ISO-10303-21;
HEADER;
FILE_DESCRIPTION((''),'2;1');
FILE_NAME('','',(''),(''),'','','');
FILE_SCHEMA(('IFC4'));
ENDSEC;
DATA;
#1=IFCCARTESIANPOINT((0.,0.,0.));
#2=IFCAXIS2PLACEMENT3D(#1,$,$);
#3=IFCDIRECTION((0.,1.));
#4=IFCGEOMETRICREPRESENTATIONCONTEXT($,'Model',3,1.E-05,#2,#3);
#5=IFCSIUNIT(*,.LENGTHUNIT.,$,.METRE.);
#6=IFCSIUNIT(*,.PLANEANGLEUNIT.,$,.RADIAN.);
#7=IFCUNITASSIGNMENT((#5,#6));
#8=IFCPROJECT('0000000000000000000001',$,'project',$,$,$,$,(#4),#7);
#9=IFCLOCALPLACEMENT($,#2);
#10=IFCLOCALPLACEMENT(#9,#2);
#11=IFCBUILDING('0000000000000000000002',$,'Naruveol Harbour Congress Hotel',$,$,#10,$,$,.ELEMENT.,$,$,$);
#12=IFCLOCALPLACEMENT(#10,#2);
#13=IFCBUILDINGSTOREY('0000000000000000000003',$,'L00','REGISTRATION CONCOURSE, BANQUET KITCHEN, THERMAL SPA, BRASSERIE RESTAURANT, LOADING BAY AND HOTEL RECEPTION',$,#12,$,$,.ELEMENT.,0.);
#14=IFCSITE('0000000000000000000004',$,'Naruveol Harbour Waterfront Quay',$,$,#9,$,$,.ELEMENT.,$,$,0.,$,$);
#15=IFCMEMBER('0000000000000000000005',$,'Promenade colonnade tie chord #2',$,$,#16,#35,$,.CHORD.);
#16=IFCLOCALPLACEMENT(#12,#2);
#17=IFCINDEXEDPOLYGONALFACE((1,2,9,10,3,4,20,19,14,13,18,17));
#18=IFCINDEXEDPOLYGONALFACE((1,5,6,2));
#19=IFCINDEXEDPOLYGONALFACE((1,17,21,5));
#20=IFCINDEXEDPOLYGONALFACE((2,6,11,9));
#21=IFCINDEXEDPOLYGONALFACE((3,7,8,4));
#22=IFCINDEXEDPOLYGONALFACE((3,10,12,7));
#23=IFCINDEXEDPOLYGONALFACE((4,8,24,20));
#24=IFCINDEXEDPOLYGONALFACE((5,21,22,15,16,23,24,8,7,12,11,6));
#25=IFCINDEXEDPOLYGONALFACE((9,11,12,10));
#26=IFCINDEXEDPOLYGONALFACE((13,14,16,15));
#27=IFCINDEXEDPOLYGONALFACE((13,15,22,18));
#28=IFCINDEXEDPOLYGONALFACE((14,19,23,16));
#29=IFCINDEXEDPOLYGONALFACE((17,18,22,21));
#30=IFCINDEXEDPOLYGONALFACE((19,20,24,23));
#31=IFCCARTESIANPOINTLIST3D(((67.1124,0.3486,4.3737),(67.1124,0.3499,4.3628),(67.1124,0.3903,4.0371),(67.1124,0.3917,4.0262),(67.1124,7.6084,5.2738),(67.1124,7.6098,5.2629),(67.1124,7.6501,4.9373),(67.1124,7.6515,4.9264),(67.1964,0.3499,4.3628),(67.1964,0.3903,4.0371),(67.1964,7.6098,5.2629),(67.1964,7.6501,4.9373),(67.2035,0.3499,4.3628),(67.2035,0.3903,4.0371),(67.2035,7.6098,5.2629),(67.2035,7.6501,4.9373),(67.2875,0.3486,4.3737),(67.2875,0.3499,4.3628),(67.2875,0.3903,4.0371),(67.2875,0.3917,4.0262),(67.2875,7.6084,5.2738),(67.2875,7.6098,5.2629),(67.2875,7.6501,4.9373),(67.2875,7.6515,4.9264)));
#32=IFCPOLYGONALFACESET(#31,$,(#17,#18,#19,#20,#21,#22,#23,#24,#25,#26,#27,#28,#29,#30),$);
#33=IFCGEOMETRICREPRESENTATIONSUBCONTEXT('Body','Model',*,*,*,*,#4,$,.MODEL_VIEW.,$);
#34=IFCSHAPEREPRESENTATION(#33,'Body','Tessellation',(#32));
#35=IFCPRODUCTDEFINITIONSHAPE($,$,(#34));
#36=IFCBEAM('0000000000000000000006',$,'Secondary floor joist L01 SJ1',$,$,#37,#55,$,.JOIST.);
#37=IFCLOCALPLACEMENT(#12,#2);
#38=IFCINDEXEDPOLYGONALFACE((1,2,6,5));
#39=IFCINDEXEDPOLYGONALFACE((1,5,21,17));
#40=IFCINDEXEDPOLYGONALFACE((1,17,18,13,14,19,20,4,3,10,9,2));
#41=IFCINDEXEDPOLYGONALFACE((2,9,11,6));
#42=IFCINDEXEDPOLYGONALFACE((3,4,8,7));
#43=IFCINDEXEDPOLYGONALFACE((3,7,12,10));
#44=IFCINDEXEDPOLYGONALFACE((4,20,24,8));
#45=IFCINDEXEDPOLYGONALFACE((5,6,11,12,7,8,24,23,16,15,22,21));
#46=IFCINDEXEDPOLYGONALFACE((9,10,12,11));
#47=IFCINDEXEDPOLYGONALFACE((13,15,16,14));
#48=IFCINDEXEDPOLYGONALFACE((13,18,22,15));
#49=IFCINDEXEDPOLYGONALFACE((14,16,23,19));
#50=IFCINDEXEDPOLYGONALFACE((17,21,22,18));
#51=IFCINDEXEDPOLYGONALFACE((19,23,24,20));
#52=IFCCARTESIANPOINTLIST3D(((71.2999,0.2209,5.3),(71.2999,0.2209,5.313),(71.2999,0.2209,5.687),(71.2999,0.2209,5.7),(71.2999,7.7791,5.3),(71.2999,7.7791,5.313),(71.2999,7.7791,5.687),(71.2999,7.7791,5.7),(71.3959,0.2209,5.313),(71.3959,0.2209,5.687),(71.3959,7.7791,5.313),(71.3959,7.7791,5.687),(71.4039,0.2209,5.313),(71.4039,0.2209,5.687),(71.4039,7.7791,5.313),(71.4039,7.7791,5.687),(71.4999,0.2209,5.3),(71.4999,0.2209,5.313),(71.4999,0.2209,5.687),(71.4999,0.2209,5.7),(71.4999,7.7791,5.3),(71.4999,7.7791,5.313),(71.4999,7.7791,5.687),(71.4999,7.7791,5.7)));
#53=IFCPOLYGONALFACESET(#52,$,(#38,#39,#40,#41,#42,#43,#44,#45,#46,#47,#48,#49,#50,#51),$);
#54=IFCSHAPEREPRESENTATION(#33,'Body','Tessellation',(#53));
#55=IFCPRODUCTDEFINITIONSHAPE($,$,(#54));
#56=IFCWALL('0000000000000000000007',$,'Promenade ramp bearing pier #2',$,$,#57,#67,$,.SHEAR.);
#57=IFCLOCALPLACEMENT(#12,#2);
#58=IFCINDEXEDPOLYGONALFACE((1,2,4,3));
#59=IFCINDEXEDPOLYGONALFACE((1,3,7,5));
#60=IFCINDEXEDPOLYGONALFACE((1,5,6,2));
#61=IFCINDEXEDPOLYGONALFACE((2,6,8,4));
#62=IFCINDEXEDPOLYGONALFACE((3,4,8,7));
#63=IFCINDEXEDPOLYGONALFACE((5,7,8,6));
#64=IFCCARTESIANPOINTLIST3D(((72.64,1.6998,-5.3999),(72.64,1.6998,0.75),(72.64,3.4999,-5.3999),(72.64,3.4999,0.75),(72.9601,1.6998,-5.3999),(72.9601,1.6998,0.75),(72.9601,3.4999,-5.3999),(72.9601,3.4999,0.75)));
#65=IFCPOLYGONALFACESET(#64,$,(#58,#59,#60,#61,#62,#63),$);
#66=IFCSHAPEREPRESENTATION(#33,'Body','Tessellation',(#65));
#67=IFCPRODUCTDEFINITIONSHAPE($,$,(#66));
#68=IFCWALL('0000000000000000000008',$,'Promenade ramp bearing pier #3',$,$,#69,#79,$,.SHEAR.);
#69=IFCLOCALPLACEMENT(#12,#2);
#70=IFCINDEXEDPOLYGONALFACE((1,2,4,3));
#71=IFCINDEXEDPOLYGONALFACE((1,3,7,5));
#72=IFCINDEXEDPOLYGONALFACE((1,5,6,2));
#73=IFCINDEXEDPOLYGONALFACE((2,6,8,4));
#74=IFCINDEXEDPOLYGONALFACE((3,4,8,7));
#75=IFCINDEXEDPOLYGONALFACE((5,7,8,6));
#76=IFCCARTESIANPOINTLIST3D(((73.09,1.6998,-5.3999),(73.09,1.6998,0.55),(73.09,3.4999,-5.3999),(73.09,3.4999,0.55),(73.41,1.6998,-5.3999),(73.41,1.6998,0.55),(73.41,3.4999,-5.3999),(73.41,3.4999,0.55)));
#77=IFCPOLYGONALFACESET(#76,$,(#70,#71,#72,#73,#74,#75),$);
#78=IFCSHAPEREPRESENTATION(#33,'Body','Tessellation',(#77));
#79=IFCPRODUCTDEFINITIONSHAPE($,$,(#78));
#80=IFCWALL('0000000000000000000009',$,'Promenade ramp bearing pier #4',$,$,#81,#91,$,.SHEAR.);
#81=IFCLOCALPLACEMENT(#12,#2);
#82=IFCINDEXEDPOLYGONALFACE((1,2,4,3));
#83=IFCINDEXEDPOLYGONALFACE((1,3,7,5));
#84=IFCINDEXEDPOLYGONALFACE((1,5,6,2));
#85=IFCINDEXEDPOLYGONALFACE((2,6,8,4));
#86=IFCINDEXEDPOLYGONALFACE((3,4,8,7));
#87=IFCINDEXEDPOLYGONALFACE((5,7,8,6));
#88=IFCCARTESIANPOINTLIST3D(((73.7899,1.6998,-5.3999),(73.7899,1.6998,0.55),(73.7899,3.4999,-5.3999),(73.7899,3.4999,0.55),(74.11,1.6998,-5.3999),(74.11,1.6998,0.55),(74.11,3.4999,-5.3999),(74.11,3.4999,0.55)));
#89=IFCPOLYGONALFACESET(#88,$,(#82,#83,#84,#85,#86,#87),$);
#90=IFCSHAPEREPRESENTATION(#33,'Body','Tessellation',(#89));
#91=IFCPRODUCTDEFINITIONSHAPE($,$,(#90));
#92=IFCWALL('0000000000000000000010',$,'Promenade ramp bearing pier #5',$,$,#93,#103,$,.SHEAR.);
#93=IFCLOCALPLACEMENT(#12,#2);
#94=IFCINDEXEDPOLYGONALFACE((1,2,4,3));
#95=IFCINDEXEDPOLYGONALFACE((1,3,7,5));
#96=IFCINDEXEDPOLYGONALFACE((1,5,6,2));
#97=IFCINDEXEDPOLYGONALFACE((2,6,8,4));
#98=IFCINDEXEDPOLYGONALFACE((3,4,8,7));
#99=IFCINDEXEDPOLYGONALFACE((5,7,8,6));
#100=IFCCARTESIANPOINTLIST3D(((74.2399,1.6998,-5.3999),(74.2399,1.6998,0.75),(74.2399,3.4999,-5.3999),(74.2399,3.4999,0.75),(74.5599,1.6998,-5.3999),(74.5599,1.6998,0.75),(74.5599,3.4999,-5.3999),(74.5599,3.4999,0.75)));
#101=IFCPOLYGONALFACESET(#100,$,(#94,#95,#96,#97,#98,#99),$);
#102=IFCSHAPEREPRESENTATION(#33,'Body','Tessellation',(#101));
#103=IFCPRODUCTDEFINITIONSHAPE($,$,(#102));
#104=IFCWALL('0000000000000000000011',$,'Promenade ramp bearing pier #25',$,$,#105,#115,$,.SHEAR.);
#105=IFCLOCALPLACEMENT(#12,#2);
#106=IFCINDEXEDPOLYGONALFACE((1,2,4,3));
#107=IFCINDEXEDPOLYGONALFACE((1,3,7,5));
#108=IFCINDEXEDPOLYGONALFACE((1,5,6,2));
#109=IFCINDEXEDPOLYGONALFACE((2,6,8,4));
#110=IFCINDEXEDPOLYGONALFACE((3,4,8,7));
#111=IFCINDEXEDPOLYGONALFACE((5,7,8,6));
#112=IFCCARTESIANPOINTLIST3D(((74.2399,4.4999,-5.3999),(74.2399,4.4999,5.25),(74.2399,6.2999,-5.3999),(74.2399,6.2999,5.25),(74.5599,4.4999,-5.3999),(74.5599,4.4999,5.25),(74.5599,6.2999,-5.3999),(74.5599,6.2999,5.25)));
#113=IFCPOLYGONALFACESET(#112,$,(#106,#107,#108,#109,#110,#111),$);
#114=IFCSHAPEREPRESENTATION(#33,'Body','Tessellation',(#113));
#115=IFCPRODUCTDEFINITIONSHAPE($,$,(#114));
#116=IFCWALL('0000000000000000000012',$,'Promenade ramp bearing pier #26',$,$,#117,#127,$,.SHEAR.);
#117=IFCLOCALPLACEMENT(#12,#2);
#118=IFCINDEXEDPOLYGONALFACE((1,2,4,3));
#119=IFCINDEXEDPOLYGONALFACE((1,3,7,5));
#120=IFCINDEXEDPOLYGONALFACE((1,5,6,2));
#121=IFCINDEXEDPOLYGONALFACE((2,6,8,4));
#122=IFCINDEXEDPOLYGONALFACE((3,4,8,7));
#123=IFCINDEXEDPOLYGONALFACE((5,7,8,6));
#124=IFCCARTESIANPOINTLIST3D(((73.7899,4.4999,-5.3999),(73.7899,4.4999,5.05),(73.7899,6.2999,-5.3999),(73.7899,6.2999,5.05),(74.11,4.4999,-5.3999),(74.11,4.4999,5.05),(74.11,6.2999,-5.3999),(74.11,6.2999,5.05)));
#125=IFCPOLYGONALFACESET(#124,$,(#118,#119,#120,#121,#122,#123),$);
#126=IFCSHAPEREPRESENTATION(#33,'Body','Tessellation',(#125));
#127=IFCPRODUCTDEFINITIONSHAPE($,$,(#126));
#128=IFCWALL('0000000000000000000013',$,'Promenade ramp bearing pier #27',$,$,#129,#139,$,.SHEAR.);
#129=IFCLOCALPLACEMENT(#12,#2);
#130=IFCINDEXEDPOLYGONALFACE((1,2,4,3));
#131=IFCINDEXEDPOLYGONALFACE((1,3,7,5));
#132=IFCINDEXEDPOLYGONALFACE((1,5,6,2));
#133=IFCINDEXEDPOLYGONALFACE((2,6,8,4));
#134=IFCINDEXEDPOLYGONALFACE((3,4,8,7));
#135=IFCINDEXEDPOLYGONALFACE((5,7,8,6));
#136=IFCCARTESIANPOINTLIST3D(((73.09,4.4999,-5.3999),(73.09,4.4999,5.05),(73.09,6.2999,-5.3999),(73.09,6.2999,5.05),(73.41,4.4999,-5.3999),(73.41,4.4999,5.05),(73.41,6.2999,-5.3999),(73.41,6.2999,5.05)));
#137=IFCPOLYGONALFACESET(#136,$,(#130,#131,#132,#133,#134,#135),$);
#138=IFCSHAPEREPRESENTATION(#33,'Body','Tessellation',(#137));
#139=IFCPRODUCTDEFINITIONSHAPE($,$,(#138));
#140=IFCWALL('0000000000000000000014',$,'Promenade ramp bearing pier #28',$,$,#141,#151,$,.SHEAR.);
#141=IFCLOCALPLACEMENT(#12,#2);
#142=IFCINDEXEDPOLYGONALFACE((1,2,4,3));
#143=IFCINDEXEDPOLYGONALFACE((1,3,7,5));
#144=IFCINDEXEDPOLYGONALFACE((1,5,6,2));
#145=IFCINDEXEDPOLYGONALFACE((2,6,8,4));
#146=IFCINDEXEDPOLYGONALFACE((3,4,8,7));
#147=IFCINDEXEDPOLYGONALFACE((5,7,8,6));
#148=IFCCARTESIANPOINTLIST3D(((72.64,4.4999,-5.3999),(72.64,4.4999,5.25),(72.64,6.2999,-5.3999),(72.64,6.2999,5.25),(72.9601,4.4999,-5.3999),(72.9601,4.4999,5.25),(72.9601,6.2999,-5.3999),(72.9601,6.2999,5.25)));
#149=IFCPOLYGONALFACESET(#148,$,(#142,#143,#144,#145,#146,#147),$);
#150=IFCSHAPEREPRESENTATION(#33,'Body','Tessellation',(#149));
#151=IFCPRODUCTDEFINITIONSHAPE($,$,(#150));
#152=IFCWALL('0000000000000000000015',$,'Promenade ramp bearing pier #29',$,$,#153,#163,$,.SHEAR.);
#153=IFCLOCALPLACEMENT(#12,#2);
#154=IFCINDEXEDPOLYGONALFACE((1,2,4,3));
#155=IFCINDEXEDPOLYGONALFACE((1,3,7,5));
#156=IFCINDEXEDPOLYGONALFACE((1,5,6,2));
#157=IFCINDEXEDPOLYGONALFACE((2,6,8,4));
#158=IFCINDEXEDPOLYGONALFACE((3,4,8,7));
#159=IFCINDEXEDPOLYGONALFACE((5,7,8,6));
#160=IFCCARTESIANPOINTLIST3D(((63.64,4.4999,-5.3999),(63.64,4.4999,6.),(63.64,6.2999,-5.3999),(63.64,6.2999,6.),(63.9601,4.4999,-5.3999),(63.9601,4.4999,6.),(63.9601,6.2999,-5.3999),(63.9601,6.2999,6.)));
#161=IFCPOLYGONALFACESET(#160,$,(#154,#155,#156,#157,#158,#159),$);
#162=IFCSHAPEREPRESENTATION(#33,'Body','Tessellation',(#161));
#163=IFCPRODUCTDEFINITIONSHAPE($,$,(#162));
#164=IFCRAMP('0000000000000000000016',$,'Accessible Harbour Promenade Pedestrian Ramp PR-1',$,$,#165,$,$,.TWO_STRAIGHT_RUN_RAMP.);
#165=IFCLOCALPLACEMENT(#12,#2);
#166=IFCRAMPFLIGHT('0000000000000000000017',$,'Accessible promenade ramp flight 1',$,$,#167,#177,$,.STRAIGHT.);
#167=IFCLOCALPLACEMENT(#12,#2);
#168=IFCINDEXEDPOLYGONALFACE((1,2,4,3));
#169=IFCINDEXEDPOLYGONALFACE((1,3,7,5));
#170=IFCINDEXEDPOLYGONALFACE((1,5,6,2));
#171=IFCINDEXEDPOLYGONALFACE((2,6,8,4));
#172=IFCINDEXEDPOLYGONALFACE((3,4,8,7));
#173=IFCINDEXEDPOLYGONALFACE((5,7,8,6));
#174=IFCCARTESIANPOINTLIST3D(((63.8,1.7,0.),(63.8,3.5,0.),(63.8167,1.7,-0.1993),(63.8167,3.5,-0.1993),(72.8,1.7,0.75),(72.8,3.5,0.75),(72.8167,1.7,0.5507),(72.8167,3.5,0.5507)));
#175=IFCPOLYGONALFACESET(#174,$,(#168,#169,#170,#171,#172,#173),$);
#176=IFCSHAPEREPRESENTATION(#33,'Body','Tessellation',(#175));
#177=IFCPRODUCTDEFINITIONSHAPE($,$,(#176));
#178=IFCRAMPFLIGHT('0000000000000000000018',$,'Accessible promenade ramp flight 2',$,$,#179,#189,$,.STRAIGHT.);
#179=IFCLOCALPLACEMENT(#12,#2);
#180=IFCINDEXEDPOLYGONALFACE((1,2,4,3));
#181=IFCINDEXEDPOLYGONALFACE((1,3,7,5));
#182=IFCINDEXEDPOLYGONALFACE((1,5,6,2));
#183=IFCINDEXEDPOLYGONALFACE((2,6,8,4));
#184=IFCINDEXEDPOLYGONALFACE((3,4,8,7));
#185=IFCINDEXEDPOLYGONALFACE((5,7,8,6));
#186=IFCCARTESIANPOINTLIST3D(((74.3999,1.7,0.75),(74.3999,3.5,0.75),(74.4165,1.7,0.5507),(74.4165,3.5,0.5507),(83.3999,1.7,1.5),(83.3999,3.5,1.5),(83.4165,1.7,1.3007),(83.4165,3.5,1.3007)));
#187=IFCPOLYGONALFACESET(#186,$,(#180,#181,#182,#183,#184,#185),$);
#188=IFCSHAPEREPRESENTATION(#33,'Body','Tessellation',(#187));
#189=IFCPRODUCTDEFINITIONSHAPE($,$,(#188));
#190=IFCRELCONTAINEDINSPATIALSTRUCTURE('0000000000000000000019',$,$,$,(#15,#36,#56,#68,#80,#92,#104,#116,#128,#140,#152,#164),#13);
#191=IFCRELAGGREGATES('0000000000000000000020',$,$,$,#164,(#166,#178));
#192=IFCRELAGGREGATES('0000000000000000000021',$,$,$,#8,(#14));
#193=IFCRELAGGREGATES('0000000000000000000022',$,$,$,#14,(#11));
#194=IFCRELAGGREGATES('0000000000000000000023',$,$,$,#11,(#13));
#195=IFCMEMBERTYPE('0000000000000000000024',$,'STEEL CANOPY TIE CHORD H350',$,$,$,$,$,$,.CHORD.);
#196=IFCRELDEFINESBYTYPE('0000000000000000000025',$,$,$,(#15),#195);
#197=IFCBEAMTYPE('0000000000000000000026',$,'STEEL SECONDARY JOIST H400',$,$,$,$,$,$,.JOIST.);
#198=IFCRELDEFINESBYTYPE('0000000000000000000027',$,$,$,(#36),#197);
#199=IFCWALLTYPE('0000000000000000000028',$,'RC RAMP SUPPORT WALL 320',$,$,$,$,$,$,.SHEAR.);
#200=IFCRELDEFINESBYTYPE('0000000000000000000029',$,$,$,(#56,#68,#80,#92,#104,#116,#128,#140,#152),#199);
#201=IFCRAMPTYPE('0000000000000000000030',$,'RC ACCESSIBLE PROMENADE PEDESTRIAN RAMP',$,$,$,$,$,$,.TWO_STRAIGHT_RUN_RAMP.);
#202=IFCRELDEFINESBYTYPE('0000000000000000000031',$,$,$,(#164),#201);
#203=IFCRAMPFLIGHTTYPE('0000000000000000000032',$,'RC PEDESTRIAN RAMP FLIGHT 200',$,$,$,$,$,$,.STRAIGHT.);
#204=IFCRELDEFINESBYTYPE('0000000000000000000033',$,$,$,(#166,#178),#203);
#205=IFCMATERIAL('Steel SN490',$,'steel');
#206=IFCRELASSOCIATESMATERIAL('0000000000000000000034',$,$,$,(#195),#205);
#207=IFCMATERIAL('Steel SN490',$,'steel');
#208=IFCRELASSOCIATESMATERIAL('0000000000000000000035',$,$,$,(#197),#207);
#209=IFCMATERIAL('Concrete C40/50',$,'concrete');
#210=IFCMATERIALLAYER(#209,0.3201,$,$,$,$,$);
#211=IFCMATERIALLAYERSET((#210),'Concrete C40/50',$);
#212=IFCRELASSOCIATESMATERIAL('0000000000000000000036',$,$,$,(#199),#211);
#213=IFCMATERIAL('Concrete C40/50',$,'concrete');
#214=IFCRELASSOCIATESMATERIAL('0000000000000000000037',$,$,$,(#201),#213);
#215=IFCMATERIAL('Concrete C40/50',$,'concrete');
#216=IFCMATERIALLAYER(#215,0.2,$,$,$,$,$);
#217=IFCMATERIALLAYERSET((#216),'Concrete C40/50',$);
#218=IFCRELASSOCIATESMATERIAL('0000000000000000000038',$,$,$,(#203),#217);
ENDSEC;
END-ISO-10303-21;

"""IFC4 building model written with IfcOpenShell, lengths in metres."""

from ifc_helpers import new_model, si_unit, direction, frame, frame_2d, origin, origin_2d, place, context, subcontext, project, spatial, polyline, rectangle, i_section, outline, extrude, material, layer, layer_set, material_profile, profile_set, type_object, element, aggregate, save


model = new_model("IFC4")

# Units and contexts
model_context = context("Model", 3, precision=1e-05, world=origin(), true_north=direction((0.0, 1.0)))
body_context = subcontext(model_context, "Body", "Model", "MODEL_VIEW")
ifc_project = project(units=[si_unit("LENGTHUNIT", "METRE"), si_unit("PLANEANGLEUNIT", "RADIAN")], contexts=[model_context])

# Site, building, storey
site_placement = place(None, origin())
site = spatial("IfcSite", under=ifc_project, at=site_placement, Name="Naruveol Harbour Waterfront Quay", CompositionType="ELEMENT", RefElevation=0.0)
building_placement = place(site_placement, origin())
building = spatial("IfcBuilding", under=site, at=building_placement, Name="Naruveol Harbour Congress Hotel", CompositionType="ELEMENT")
storey_placement = place(building_placement, origin())
storey = spatial("IfcBuildingStorey", under=building, at=storey_placement, Name="L00", Description="REGISTRATION CONCOURSE, BANQUET KITCHEN, THERMAL SPA, BRASSERIE RESTAURANT, LOADING BAY AND HOTEL RECEPTION", CompositionType="ELEMENT", Elevation=0.0)

# Member
ifc_material_1 = material(Name="Steel SN490", Category="steel")
ifc_material_profile_1 = material_profile(ifc_material_1, i_section(OverallWidth=0.175, OverallDepth=0.3501, WebThickness=0.0071, FlangeThickness=0.011, at=origin_2d()), Name="H-350x175x7x11")
ifc_profile_set_1 = profile_set([ifc_material_profile_1], Name="Steel SN490")
member_type = type_object("IfcMemberType", Name="STEEL CANOPY TIE CHORD H350", PredefinedType="CHORD", material=ifc_profile_set_1)
member_placement = place(storey_placement, frame((67.2, 0.3701, 4.2), z_axis=(0.0, 0.992401, 0.123049), x_axis=(-1.0, 0.0, 0.0)))
element("IfcMember", 1, at=member_placement, inside=storey, type_object=member_type, Name="Promenade colonnade tie chord #2", PredefinedType="CHORD", context=body_context, shape_type="SweptSolid", body=[
    extrude(i_section(OverallWidth=0.175, OverallDepth=0.3501, WebThickness=0.0071, FlangeThickness=0.011, at=origin_2d()), origin(), (0.0, 0.0, 1.0), 7.3154),
])

# Beam
ifc_material_2 = material(Name="Steel SN490", Category="steel")
ifc_material_profile_2 = material_profile(ifc_material_2, i_section(OverallWidth=0.2, OverallDepth=0.3999, WebThickness=0.0081, FlangeThickness=0.0129, at=origin_2d()), Name="H-400x200x8x13")
ifc_profile_set_2 = profile_set([ifc_material_profile_2], Name="Steel SN490")
beam_type_1 = type_object("IfcBeamType", Name="STEEL SECONDARY JOIST H400", PredefinedType="JOIST", material=ifc_profile_set_2)
beam_1_placement = place(storey_placement, frame((71.3999, 0.2209, 5.5), z_axis=(0.0, 1.0, 0.0), x_axis=(-1.0, 0.0, 0.0)))
element("IfcBeam", 2, at=beam_1_placement, inside=storey, type_object=beam_type_1, Name="Secondary floor joist L01 SJ1", PredefinedType="JOIST", context=body_context, shape_type="SweptSolid", body=[
    extrude(i_section(OverallWidth=0.2, OverallDepth=0.3999, WebThickness=0.0081, FlangeThickness=0.0129, at=origin_2d()), origin(), (0.0, 0.0, 1.0), 7.5581),
])

# Walls
ifc_material_3 = material(Name="Concrete C40/50", Category="concrete")
ifc_layer_1 = layer(ifc_material_3, 0.3201)
ifc_layer_set_1 = layer_set([ifc_layer_1], Name="Concrete C40/50")
wall_type = type_object("IfcWallType", Name="RC RAMP SUPPORT WALL 320", PredefinedType="SHEAR", material=ifc_layer_set_1)
wall_1_placement = place(storey_placement, frame((72.8, 1.7, -5.3999), z_axis=(0.0, 0.0, 1.0), x_axis=(0.0, 1.0, 0.0)))
element("IfcWall", 3, at=wall_1_placement, inside=storey, type_object=wall_type, Name="Promenade ramp bearing pier #2", PredefinedType="SHEAR", context=body_context, shape_type="SweptSolid", body=[
    extrude(rectangle(XDim=1.8, YDim=0.3201, at=frame_2d((0.8999, 0.0))), origin(), (0.0, 0.0, 1.0), 6.1499),
])
for number, where, z_axis, x_axis, name in (
    (4, (73.25, 1.7, -5.3999), (0.0, 0.0, 1.0), (0.0, 1.0, 0.0), "Promenade ramp bearing pier #3"),
    (5, (73.95, 1.7, -5.3999), (0.0, 0.0, 1.0), (0.0, 1.0, 0.0), "Promenade ramp bearing pier #4"),
):
    element("IfcWall", number, at=place(storey_placement, frame(where, z_axis=z_axis, x_axis=x_axis)), inside=storey, type_object=wall_type, Name=name, PredefinedType="SHEAR", context=body_context, shape_type="SweptSolid", body=[
        extrude(rectangle(XDim=1.8, YDim=0.3201, at=frame_2d((0.8999, 0.0))), origin(), (0.0, 0.0, 1.0), 5.95),
    ])
wall_2_placement = place(storey_placement, frame((74.3999, 1.7, -5.3999), z_axis=(0.0, 0.0, 1.0), x_axis=(0.0, 1.0, 0.0)))
element("IfcWall", 6, at=wall_2_placement, inside=storey, type_object=wall_type, Name="Promenade ramp bearing pier #5", PredefinedType="SHEAR", context=body_context, shape_type="SweptSolid", body=[
    extrude(rectangle(XDim=1.8, YDim=0.3201, at=frame_2d((0.8999, 0.0))), origin(), (0.0, 0.0, 1.0), 6.1499),
])
wall_3_placement = place(storey_placement, frame((74.3999, 4.5, -5.3999), z_axis=(0.0, 0.0, 1.0), x_axis=(0.0, 1.0, 0.0)))
element("IfcWall", 7, at=wall_3_placement, inside=storey, type_object=wall_type, Name="Promenade ramp bearing pier #25", PredefinedType="SHEAR", context=body_context, shape_type="SweptSolid", body=[
    extrude(rectangle(XDim=1.8, YDim=0.3201, at=frame_2d((0.8999, 0.0))), origin(), (0.0, 0.0, 1.0), 10.6499),
])
for number, where, z_axis, x_axis, name in (
    (8, (73.95, 4.5, -5.3999), (0.0, 0.0, 1.0), (0.0, 1.0, 0.0), "Promenade ramp bearing pier #26"),
    (9, (73.25, 4.5, -5.3999), (0.0, 0.0, 1.0), (0.0, 1.0, 0.0), "Promenade ramp bearing pier #27"),
):
    element("IfcWall", number, at=place(storey_placement, frame(where, z_axis=z_axis, x_axis=x_axis)), inside=storey, type_object=wall_type, Name=name, PredefinedType="SHEAR", context=body_context, shape_type="SweptSolid", body=[
        extrude(rectangle(XDim=1.8, YDim=0.3201, at=frame_2d((0.8999, 0.0))), origin(), (0.0, 0.0, 1.0), 10.45),
    ])
wall_4_placement = place(storey_placement, frame((72.8, 4.5, -5.3999), z_axis=(0.0, 0.0, 1.0), x_axis=(0.0, 1.0, 0.0)))
element("IfcWall", 10, at=wall_4_placement, inside=storey, type_object=wall_type, Name="Promenade ramp bearing pier #28", PredefinedType="SHEAR", context=body_context, shape_type="SweptSolid", body=[
    extrude(rectangle(XDim=1.8, YDim=0.3201, at=frame_2d((0.8999, 0.0))), origin(), (0.0, 0.0, 1.0), 10.6499),
])
wall_5_placement = place(storey_placement, frame((63.8, 4.5, -5.3999), z_axis=(0.0, 0.0, 1.0), x_axis=(0.0, 1.0, 0.0)))
element("IfcWall", 11, at=wall_5_placement, inside=storey, type_object=wall_type, Name="Promenade ramp bearing pier #29", PredefinedType="SHEAR", context=body_context, shape_type="SweptSolid", body=[
    extrude(rectangle(XDim=1.8, YDim=0.3201, at=frame_2d((0.8999, 0.0))), origin(), (0.0, 0.0, 1.0), 11.3999),
])

# Ramp, ramp flights
ifc_material_4 = material(Name="Concrete C40/50", Category="concrete")
ramp_type = type_object("IfcRampType", Name="RC ACCESSIBLE PROMENADE PEDESTRIAN RAMP", PredefinedType="TWO_STRAIGHT_RUN_RAMP", material=ifc_material_4)
ramp_placement = place(storey_placement, origin())
ramp = element("IfcRamp", 12, at=ramp_placement, inside=storey, type_object=ramp_type, Name="Accessible Harbour Promenade Pedestrian Ramp PR-1", PredefinedType="TWO_STRAIGHT_RUN_RAMP")
ifc_material_5 = material(Name="Concrete C40/50", Category="concrete")
ifc_layer_2 = layer(ifc_material_5, 0.2)
ifc_layer_set_2 = layer_set([ifc_layer_2], Name="Concrete C40/50")
ramp_flight_type = type_object("IfcRampFlightType", Name="RC PEDESTRIAN RAMP FLIGHT 200", PredefinedType="STRAIGHT", material=ifc_layer_set_2)
ramp_flight_1_placement = place(storey_placement, frame((63.8, 1.7, 0.0), z_axis=(-0.083045, 0.0, 0.996546), x_axis=(0.996546, 0.0, 0.083045)))
ramp_flight_1 = element("IfcRampFlight", 13, at=ramp_flight_1_placement, type_object=ramp_flight_type, Name="Accessible promenade ramp flight 1", PredefinedType="STRAIGHT", context=body_context, shape_type="SweptSolid", body=[
    extrude(outline(polyline([(0.0, 0.0), (9.0312, 0.0), (9.0312, 1.8), (0.0, 1.8), (0.0, 0.0)])), origin(), (0.0, 0.0, -1.0), 0.2),
])
ramp_flight_2_placement = place(storey_placement, frame((74.3999, 1.7, 0.75), z_axis=(-0.083045, 0.0, 0.996546), x_axis=(0.996546, 0.0, 0.083045)))
ramp_flight_2 = element("IfcRampFlight", 14, at=ramp_flight_2_placement, type_object=ramp_flight_type, Name="Accessible promenade ramp flight 2", PredefinedType="STRAIGHT", context=body_context, shape_type="SweptSolid", body=[
    extrude(outline(polyline([(0.0, 0.0), (9.0312, 0.0), (9.0312, 1.8), (0.0, 1.8), (0.0, 0.0)])), origin(), (0.0, 0.0, -1.0), 0.2),
])
aggregate(ramp, [ramp_flight_1, ramp_flight_2])

save(model, "model.ifc")
